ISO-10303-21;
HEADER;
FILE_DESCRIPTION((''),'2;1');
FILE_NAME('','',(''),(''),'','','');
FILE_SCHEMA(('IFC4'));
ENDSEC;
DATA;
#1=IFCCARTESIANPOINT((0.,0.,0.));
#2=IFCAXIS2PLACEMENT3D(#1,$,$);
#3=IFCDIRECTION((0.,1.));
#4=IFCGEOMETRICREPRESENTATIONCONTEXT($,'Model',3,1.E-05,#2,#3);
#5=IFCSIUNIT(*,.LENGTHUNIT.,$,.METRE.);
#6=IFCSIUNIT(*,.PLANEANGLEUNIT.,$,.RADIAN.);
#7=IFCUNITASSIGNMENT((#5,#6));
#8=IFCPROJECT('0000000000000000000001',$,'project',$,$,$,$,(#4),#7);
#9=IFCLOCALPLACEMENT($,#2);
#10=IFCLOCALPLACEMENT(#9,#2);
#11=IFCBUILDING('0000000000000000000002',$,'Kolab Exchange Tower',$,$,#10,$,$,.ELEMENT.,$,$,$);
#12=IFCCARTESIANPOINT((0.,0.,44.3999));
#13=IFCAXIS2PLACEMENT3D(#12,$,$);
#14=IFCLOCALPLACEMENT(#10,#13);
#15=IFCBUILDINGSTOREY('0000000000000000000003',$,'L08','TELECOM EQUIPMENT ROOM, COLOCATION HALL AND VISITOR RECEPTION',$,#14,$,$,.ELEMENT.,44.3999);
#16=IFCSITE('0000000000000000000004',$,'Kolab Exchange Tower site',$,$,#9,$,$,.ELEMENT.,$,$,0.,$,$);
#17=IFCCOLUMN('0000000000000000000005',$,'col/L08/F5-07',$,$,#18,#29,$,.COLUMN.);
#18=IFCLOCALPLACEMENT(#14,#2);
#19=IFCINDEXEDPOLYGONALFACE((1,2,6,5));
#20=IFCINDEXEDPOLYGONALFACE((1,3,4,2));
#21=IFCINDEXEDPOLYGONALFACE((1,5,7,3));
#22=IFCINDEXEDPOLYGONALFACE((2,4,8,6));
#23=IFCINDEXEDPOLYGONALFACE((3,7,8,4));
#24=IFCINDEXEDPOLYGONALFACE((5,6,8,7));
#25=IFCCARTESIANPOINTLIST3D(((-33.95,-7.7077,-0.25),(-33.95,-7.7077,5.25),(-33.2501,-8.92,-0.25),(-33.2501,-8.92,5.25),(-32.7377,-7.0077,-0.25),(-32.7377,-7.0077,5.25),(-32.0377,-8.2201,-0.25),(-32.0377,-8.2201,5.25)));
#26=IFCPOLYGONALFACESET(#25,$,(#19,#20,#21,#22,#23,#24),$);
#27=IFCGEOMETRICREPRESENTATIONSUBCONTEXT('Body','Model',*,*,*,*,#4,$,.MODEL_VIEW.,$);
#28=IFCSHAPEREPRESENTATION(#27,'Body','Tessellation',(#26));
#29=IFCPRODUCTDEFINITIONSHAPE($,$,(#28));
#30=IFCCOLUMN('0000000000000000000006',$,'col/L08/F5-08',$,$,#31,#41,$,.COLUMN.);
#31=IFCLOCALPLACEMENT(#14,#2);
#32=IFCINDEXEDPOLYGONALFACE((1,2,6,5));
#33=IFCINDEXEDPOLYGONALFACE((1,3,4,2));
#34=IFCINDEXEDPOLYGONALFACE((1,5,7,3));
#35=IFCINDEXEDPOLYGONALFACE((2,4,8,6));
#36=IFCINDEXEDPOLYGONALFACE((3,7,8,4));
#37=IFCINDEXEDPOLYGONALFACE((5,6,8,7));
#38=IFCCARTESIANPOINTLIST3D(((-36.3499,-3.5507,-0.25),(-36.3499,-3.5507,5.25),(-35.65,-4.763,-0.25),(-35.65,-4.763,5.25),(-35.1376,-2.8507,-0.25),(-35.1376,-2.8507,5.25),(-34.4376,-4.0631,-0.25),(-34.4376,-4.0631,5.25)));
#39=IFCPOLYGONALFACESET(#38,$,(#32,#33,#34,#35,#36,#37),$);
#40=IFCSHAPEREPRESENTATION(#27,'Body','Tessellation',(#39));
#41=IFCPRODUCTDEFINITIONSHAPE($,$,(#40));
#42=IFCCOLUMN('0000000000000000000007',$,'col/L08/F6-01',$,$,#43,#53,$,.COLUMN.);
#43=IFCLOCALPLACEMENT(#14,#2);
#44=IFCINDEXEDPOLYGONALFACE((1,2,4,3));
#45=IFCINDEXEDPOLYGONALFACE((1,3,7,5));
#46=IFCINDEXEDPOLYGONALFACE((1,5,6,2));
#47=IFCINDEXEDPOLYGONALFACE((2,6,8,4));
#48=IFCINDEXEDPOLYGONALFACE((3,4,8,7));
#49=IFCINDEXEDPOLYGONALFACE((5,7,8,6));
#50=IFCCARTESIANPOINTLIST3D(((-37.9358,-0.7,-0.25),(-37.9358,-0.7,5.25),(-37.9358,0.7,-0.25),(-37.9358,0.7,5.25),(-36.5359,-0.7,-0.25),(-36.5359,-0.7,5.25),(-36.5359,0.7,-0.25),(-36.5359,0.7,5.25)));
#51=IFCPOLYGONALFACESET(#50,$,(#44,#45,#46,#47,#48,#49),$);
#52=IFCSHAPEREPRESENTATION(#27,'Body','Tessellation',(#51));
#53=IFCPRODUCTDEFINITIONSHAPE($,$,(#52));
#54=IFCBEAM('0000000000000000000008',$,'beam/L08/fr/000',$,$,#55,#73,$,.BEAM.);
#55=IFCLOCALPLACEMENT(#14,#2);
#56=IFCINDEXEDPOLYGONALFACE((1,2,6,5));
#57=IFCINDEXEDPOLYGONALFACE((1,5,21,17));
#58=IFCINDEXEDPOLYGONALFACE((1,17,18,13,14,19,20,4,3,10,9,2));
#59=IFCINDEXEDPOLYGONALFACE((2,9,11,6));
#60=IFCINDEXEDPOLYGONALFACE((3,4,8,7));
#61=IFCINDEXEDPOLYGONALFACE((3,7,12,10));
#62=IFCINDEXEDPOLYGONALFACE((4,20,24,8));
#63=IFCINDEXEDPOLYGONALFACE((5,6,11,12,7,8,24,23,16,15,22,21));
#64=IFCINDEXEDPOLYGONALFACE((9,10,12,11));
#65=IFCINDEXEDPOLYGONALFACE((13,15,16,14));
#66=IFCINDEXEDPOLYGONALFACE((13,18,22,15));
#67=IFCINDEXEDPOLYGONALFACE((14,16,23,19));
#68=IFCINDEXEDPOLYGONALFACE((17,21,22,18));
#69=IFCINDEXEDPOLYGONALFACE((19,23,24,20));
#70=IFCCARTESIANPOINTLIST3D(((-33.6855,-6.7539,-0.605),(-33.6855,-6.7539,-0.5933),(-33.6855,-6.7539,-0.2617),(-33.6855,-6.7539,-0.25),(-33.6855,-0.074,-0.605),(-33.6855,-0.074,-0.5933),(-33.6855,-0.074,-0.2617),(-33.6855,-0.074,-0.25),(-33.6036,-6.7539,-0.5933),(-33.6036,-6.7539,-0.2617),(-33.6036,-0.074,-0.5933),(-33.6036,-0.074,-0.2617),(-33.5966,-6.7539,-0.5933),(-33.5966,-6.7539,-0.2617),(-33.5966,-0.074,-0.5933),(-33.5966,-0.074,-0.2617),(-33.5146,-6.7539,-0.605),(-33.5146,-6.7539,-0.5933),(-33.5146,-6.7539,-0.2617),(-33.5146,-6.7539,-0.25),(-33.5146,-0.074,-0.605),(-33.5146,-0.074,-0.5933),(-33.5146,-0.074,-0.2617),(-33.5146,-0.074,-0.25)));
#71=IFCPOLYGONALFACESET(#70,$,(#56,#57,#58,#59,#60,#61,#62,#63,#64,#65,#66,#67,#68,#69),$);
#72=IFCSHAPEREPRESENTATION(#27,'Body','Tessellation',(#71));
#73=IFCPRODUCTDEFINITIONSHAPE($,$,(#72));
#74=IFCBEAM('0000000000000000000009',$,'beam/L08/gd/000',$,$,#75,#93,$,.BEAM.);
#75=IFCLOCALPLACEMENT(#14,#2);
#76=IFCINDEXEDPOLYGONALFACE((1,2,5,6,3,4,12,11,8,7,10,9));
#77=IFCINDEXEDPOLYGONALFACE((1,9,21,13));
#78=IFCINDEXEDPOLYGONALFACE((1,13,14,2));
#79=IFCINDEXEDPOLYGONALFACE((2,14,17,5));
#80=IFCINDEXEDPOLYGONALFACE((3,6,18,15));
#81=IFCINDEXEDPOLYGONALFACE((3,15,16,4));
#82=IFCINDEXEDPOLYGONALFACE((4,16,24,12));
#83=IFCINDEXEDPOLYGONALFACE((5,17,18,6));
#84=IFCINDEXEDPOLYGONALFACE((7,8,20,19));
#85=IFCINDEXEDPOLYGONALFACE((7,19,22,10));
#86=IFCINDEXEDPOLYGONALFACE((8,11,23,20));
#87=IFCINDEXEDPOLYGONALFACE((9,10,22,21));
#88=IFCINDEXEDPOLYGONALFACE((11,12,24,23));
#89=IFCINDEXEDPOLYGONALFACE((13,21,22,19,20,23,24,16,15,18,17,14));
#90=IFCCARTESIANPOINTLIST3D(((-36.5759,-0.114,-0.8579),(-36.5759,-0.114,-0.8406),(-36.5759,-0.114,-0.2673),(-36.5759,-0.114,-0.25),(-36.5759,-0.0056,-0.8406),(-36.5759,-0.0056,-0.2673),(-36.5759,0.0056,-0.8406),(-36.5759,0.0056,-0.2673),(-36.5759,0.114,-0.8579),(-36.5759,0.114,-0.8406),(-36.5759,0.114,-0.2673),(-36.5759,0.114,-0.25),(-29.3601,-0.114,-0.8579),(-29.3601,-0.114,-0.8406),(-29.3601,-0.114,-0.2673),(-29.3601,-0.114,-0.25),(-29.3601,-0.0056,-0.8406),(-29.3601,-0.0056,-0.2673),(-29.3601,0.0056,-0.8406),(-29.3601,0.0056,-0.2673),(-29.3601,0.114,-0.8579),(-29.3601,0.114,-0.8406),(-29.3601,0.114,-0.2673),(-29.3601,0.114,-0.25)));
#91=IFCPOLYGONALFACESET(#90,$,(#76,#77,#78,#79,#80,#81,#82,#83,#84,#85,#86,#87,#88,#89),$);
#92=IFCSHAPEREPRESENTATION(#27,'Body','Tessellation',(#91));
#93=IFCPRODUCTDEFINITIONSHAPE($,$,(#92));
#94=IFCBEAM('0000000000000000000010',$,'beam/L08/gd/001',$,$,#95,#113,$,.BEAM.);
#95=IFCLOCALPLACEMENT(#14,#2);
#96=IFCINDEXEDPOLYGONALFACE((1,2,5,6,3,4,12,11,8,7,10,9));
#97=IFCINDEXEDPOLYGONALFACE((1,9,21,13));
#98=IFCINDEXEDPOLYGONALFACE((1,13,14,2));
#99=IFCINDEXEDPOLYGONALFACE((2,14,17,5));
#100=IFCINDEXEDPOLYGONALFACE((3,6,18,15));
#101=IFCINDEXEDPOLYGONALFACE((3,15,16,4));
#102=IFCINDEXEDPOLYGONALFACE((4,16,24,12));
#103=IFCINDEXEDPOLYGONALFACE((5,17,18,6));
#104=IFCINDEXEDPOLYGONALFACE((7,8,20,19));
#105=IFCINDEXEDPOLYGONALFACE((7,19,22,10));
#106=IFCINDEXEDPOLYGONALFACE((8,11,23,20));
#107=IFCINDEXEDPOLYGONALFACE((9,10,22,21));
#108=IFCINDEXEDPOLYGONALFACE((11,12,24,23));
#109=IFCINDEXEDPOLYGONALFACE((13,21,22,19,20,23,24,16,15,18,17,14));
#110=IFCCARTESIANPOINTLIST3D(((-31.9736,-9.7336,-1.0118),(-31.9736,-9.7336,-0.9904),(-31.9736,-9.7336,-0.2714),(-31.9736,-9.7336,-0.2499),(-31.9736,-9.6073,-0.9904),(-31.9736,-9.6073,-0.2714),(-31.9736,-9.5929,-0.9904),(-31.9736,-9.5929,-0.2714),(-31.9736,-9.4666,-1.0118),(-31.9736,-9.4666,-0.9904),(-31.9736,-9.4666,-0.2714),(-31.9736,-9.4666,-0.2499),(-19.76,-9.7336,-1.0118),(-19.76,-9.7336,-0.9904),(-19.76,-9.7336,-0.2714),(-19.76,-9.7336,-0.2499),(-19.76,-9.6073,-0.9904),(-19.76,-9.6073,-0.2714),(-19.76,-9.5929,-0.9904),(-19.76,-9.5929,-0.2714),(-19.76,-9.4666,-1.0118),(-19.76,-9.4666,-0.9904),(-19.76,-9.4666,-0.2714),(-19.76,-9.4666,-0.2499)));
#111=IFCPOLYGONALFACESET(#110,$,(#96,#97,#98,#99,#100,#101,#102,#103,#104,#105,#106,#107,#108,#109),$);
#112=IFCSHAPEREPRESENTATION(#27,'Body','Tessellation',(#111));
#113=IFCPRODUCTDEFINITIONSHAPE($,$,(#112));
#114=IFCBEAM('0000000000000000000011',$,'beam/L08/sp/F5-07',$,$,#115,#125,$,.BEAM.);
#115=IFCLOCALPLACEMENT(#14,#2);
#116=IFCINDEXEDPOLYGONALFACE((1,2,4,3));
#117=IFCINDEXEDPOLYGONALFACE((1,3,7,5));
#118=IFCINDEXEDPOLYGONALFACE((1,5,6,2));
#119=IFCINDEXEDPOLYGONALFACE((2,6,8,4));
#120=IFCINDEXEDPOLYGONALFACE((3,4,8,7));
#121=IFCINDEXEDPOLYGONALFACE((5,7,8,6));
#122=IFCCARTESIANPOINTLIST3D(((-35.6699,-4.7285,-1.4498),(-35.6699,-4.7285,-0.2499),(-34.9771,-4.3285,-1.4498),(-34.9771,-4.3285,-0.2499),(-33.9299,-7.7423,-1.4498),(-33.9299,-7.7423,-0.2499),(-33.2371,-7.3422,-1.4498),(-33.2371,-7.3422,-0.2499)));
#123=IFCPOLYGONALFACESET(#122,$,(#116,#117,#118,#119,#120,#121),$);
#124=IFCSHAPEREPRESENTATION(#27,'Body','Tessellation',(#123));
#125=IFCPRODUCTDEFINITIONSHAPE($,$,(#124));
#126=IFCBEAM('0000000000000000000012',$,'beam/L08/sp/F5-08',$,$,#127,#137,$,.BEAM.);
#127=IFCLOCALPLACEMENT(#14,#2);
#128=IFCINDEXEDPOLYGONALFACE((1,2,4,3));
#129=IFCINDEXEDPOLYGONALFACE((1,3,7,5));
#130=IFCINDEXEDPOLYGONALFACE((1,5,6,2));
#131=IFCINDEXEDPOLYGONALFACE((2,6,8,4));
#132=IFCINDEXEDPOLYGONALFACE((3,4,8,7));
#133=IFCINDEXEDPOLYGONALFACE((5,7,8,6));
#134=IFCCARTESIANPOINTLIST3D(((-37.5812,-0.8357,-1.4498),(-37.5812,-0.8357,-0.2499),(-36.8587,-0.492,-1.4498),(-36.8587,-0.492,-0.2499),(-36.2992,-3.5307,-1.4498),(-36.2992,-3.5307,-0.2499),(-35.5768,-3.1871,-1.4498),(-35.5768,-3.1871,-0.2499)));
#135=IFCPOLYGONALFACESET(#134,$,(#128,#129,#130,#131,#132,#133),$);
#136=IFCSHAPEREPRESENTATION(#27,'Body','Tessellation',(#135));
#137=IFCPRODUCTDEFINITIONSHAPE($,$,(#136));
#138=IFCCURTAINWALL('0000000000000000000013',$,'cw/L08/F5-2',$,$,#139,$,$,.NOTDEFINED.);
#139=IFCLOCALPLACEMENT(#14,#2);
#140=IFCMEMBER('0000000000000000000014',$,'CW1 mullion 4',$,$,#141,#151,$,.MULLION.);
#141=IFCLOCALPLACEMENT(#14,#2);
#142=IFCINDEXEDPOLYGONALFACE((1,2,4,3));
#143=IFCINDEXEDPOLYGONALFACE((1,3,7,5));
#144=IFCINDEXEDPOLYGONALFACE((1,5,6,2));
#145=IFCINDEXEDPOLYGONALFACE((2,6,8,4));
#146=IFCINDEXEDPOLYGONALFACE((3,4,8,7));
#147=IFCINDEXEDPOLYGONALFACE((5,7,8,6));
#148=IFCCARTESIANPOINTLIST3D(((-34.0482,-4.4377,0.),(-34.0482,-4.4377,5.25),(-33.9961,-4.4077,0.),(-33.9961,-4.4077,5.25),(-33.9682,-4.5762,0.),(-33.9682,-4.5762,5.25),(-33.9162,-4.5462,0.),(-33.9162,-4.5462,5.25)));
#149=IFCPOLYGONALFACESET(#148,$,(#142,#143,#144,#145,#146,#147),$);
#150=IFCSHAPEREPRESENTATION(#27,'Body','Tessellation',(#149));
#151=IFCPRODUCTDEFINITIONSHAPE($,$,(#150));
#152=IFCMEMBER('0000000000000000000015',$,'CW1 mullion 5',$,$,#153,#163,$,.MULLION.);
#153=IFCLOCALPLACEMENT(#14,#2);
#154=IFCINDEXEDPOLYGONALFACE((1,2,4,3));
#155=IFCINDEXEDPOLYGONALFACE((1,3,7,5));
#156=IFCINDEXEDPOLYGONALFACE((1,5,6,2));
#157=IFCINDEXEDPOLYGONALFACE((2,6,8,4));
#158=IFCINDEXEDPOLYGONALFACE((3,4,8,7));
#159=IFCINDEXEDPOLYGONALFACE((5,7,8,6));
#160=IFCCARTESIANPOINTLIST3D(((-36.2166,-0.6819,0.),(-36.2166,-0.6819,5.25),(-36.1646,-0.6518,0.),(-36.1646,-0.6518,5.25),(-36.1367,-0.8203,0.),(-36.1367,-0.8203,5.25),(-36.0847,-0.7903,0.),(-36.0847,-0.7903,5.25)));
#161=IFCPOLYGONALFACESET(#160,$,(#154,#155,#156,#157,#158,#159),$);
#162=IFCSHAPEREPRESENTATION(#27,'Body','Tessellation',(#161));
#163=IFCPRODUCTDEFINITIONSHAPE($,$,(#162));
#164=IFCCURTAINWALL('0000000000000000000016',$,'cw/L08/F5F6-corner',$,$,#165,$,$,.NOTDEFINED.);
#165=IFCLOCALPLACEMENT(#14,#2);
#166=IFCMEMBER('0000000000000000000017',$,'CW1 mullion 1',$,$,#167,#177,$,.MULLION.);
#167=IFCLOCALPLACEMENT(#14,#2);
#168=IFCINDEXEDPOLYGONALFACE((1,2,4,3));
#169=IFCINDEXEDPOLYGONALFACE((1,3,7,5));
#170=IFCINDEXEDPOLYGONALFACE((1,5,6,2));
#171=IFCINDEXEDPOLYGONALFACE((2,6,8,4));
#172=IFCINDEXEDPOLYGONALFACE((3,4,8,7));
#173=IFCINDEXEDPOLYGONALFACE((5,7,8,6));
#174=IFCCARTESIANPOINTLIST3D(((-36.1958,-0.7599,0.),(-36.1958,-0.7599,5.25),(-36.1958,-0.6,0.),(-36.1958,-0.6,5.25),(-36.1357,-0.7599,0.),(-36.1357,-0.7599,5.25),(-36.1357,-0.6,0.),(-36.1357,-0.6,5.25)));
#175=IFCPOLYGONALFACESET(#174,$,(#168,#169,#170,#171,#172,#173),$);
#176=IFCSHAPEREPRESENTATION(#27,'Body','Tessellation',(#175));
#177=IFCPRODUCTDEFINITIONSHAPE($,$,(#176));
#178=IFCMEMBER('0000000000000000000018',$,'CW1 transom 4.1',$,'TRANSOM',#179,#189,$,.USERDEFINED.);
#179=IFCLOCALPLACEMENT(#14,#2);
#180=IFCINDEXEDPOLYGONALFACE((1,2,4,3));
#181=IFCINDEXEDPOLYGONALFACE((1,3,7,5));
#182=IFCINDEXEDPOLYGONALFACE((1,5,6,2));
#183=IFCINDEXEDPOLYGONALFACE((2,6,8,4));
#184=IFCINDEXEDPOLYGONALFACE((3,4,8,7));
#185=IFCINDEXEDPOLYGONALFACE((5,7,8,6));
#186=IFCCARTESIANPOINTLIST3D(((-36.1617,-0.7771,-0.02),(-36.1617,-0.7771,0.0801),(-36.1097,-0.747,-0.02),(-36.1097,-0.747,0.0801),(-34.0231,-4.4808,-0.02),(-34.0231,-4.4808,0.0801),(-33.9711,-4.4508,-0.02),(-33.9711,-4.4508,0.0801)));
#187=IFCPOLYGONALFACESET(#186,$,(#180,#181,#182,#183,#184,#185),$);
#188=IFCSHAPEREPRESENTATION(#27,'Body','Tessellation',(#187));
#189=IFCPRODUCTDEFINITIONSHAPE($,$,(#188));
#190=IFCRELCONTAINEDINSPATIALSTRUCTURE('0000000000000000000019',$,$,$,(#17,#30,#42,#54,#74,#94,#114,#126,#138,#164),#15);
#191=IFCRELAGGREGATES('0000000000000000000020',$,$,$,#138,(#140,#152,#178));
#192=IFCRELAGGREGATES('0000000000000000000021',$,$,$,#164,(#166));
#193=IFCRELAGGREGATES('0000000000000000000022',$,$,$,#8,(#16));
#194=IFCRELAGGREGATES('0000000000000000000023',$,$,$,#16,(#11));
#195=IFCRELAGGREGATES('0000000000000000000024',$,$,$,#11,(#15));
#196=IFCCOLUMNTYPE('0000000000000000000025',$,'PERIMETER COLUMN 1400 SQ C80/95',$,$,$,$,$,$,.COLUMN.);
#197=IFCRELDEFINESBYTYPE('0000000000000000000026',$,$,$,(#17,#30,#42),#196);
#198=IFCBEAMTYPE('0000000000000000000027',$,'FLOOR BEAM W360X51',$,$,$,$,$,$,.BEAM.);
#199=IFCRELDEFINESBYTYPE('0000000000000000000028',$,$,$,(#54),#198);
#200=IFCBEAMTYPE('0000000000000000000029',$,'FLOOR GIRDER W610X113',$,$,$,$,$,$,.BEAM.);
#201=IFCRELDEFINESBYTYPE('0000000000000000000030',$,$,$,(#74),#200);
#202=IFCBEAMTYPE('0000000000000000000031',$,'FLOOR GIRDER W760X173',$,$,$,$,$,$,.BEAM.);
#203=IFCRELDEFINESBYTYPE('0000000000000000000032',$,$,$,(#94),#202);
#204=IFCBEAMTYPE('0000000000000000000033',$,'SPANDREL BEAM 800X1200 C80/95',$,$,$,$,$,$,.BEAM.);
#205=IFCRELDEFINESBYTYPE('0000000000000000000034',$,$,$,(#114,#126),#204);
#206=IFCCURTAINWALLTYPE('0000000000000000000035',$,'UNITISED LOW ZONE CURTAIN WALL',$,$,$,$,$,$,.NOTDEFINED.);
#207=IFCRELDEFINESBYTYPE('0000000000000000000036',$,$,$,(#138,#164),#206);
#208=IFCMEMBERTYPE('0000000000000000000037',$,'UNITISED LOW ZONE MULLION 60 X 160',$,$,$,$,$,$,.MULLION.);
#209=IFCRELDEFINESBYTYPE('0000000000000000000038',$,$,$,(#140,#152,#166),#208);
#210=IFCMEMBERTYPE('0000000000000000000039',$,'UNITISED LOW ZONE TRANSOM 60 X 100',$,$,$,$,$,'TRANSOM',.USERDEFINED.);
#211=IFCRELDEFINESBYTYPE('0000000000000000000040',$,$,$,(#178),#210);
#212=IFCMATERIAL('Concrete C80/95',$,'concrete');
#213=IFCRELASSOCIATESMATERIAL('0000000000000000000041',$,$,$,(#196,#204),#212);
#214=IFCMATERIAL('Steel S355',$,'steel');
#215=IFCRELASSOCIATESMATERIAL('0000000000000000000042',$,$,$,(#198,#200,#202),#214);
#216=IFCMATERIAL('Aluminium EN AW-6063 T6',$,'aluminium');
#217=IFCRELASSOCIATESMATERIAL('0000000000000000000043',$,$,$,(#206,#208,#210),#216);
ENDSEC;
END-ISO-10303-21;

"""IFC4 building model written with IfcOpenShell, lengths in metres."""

from ifc_helpers import new_model, si_unit, direction, frame, origin, origin_2d, place, context, subcontext, project, spatial, rectangle, i_section, extrude, material, material_profile, profile_set, type_object, element, aggregate, save


model = new_model("IFC4")

# Units and contexts
model_context = context("Model", 3, precision=1e-05, world=origin(), true_north=direction((0.0, 1.0)))
body_context = subcontext(model_context, "Body", "Model", "MODEL_VIEW")
ifc_project = project(units=[si_unit("LENGTHUNIT", "METRE"), si_unit("PLANEANGLEUNIT", "RADIAN")], contexts=[model_context])

# Site, building, storey
site_placement = place(None, origin())
site = spatial("IfcSite", under=ifc_project, at=site_placement, Name="Kolab Exchange Tower site", CompositionType="ELEMENT", RefElevation=0.0)
building_placement = place(site_placement, origin())
building = spatial("IfcBuilding", under=site, at=building_placement, Name="Kolab Exchange Tower", CompositionType="ELEMENT")
storey_placement = place(building_placement, frame((0.0, 0.0, 44.3999)))
storey = spatial("IfcBuildingStorey", under=building, at=storey_placement, Name="L08", Description="TELECOM EQUIPMENT ROOM, COLOCATION HALL AND VISITOR RECEPTION", CompositionType="ELEMENT", Elevation=44.3999)

# Columns
ifc_material_1 = material(Name="Concrete C80/95", Category="concrete")
ifc_material_profile_1 = material_profile(ifc_material_1, rectangle(XDim=1.3999, YDim=1.3999, at=origin_2d()), Name="RC1400")
ifc_profile_set_1 = profile_set([ifc_material_profile_1], Name="Concrete C80/95")
column_type = type_object("IfcColumnType", Name="PERIMETER COLUMN 1400 SQ C80/95", PredefinedType="COLUMN", material=ifc_profile_set_1)
for number, where, z_axis, x_axis, name in (
    (1, (-32.9939, -7.9639, -0.25), (0.0, 0.0, 1.0), (0.866025, 0.5, 0.0), "col/L08/F5-07"),
    (2, (-35.3938, -3.8069, -0.25), (0.0, 0.0, 1.0), (0.866025, 0.5, 0.0), "col/L08/F5-08"),
    (3, (-37.2358, 0.0, -0.25), (0.0, 0.0, 1.0), (1.0, 0.0, 0.0), "col/L08/F6-01"),
):
    element("IfcColumn", number, at=place(storey_placement, frame(where, z_axis=z_axis, x_axis=x_axis)), inside=storey, type_object=column_type, Name=name, PredefinedType="COLUMN", context=body_context, shape_type="SweptSolid", body=[
        extrude(rectangle(XDim=1.3999, YDim=1.3999, at=origin_2d()), origin(), (0.0, 0.0, 1.0), 5.5),
    ])

# Beams
ifc_material_2 = material(Name="Steel S355", Category="steel")
ifc_material_profile_2 = material_profile(ifc_material_2, i_section(OverallWidth=0.1709, OverallDepth=0.355, WebThickness=0.0071, FlangeThickness=0.0117, at=origin_2d()), Name="W360X51")
ifc_profile_set_2 = profile_set([ifc_material_profile_2], Name="Steel S355")
beam_type_1 = type_object("IfcBeamType", Name="FLOOR BEAM W360X51", PredefinedType="BEAM", material=ifc_profile_set_2)
beam_1_placement = place(storey_placement, frame((-33.6001, -6.7539, -0.4275), z_axis=(0.0, 1.0, 0.0), x_axis=(-1.0, 0.0, 0.0)))
element("IfcBeam", 4, at=beam_1_placement, inside=storey, type_object=beam_type_1, Name="beam/L08/fr/000", PredefinedType="BEAM", context=body_context, shape_type="SweptSolid", body=[
    extrude(i_section(OverallWidth=0.1709, OverallDepth=0.355, WebThickness=0.0071, FlangeThickness=0.0117, at=origin_2d()), origin(), (0.0, 0.0, 1.0), 6.6799),
])
ifc_material_profile_3 = material_profile(ifc_material_2, i_section(OverallWidth=0.228, OverallDepth=0.6079, WebThickness=0.0112, FlangeThickness=0.0173, at=origin_2d()), Name="W610X113")
ifc_profile_set_3 = profile_set([ifc_material_profile_3], Name="Steel S355")
beam_type_2 = type_object("IfcBeamType", Name="FLOOR GIRDER W610X113", PredefinedType="BEAM", material=ifc_profile_set_3)
beam_2_placement = place(storey_placement, frame((-36.5759, 0.0, -0.554), z_axis=(1.0, 0.0, 0.0), x_axis=(0.0, 1.0, 0.0)))
element("IfcBeam", 5, at=beam_2_placement, inside=storey, type_object=beam_type_2, Name="beam/L08/gd/000", PredefinedType="BEAM", context=body_context, shape_type="SweptSolid", body=[
    extrude(i_section(OverallWidth=0.228, OverallDepth=0.6079, WebThickness=0.0112, FlangeThickness=0.0173, at=origin_2d()), origin(), (0.0, 0.0, 1.0), 7.2158),
])
ifc_material_profile_4 = material_profile(ifc_material_2, i_section(OverallWidth=0.2671, OverallDepth=0.762, WebThickness=0.0144, FlangeThickness=0.0215, at=origin_2d()), Name="W760X173")
ifc_profile_set_4 = profile_set([ifc_material_profile_4], Name="Steel S355")
beam_type_3 = type_object("IfcBeamType", Name="FLOOR GIRDER W760X173", PredefinedType="BEAM", material=ifc_profile_set_4)
beam_3_placement = place(storey_placement, frame((-31.9736, -9.6001, -0.6309), z_axis=(1.0, 0.0, 0.0), x_axis=(0.0, 1.0, 0.0)))
element("IfcBeam", 6, at=beam_3_placement, inside=storey, type_object=beam_type_3, Name="beam/L08/gd/001", PredefinedType="BEAM", context=body_context, shape_type="SweptSolid", body=[
    extrude(i_section(OverallWidth=0.2671, OverallDepth=0.762, WebThickness=0.0144, FlangeThickness=0.0215, at=origin_2d()), origin(), (0.0, 0.0, 1.0), 12.2136),
])
ifc_material_profile_5 = material_profile(ifc_material_1, rectangle(XDim=0.8, YDim=1.2, at=origin_2d()), Name="RC800X1200")
ifc_profile_set_5 = profile_set([ifc_material_profile_5], Name="Concrete C80/95")
beam_type_4 = type_object("IfcBeamType", Name="SPANDREL BEAM 800X1200 C80/95", PredefinedType="BEAM", material=ifc_profile_set_5)
beam_4_placement = place(storey_placement, frame((-33.5835, -7.5422, -0.8499), z_axis=(-0.50001, 0.86602, 0.0), x_axis=(-0.86602, -0.50001, 0.0)))
element("IfcBeam", 7, at=beam_4_placement, inside=storey, type_object=beam_type_4, Name="beam/L08/sp/F5-07", PredefinedType="BEAM", context=body_context, shape_type="SweptSolid", body=[
    extrude(rectangle(XDim=0.8, YDim=1.2, at=origin_2d()), origin(), (0.0, 0.0, 1.0), 3.48),
])
beam_5_placement = place(storey_placement, frame((-35.938, -3.3589, -0.8499), z_axis=(-0.429556, 0.90304, 0.0), x_axis=(-0.90304, -0.429556, 0.0)))
element("IfcBeam", 8, at=beam_5_placement, inside=storey, type_object=beam_type_4, Name="beam/L08/sp/F5-08", PredefinedType="BEAM", context=body_context, shape_type="SweptSolid", body=[
    extrude(rectangle(XDim=0.8, YDim=1.2, at=origin_2d()), origin(), (0.0, 0.0, 1.0), 2.9844),
])

# Curtain wall, members
ifc_material_3 = material(Name="Aluminium EN AW-6063 T6", Category="aluminium")
curtain_wall_type = type_object("IfcCurtainWallType", Name="UNITISED LOW ZONE CURTAIN WALL", PredefinedType="NOTDEFINED", material=ifc_material_3)
curtain_wall_1_placement = place(storey_placement, origin())
curtain_wall_1 = element("IfcCurtainWall", 9, at=curtain_wall_1_placement, inside=storey, type_object=curtain_wall_type, Name="cw/L08/F5-2", PredefinedType="NOTDEFINED")
ifc_material_profile_6 = material_profile(ifc_material_3, rectangle(XDim=0.0601, YDim=0.1599, at=origin_2d()), Name="RECT 60X160")
ifc_profile_set_6 = profile_set([ifc_material_profile_6], Name="Aluminium EN AW-6063 T6")
member_type_1 = type_object("IfcMemberType", Name="UNITISED LOW ZONE MULLION 60 X 160", PredefinedType="MULLION", material=ifc_profile_set_6)
member_1_placement = place(storey_placement, frame((-33.9822, -4.4919, 0.0), z_axis=(0.0, 0.0, 1.0), x_axis=(-0.866025, -0.5, 0.0)))
member_1 = element("IfcMember", 10, at=member_1_placement, type_object=member_type_1, Name="CW1 mullion 4", PredefinedType="MULLION", context=body_context, shape_type="SweptSolid", body=[
    extrude(rectangle(XDim=0.0601, YDim=0.1599, at=origin_2d()), origin(), (0.0, 0.0, 1.0), 5.25),
])
member_2_placement = place(storey_placement, frame((-36.1506, -0.7361, 0.0), z_axis=(0.0, 0.0, 1.0), x_axis=(-0.866025, -0.5, 0.0)))
member_2 = element("IfcMember", 11, at=member_2_placement, type_object=member_type_1, Name="CW1 mullion 5", PredefinedType="MULLION", context=body_context, shape_type="SweptSolid", body=[
    extrude(rectangle(XDim=0.0601, YDim=0.1599, at=origin_2d()), origin(), (0.0, 0.0, 1.0), 5.25),
])

# Curtain wall, member
curtain_wall_2_placement = place(storey_placement, origin())
curtain_wall_2 = element("IfcCurtainWall", 12, at=curtain_wall_2_placement, inside=storey, type_object=curtain_wall_type, Name="cw/L08/F5F6-corner", PredefinedType="NOTDEFINED")
member_3_placement = place(storey_placement, frame((-36.1658, -0.6799, 0.0), z_axis=(0.0, 0.0, 1.0), x_axis=(-1.0, 0.0, 0.0)))
member_3 = element("IfcMember", 13, at=member_3_placement, type_object=member_type_1, Name="CW1 mullion 1", PredefinedType="MULLION", context=body_context, shape_type="SweptSolid", body=[
    extrude(rectangle(XDim=0.0601, YDim=0.1599, at=origin_2d()), origin(), (0.0, 0.0, 1.0), 5.25),
])

# Member
ifc_material_profile_7 = material_profile(ifc_material_3, rectangle(XDim=0.0601, YDim=0.1001, at=origin_2d()), Name="RECT 60X100")
ifc_profile_set_7 = profile_set([ifc_material_profile_7], Name="Aluminium EN AW-6063 T6")
member_type_2 = type_object("IfcMemberType", Name="UNITISED LOW ZONE TRANSOM 60 X 100", ElementType="TRANSOM", PredefinedType="USERDEFINED", material=ifc_profile_set_7)
member_4_placement = place(storey_placement, frame((-33.9971, -4.4658, 0.03), z_axis=(-0.500044, 0.866, 0.0), x_axis=(-0.866, -0.500044, 0.0)))
member_4 = element("IfcMember", 14, at=member_4_placement, type_object=member_type_2, Name="CW1 transom 4.1", ObjectType="TRANSOM", PredefinedType="USERDEFINED", context=body_context, shape_type="SweptSolid", body=[
    extrude(rectangle(XDim=0.0601, YDim=0.1001, at=origin_2d()), origin(), (0.0, 0.0, 1.0), 4.2769),
])

aggregate(curtain_wall_1, [member_1, member_2, member_4])
aggregate(curtain_wall_2, [member_3])

save(model, "model.ifc")
